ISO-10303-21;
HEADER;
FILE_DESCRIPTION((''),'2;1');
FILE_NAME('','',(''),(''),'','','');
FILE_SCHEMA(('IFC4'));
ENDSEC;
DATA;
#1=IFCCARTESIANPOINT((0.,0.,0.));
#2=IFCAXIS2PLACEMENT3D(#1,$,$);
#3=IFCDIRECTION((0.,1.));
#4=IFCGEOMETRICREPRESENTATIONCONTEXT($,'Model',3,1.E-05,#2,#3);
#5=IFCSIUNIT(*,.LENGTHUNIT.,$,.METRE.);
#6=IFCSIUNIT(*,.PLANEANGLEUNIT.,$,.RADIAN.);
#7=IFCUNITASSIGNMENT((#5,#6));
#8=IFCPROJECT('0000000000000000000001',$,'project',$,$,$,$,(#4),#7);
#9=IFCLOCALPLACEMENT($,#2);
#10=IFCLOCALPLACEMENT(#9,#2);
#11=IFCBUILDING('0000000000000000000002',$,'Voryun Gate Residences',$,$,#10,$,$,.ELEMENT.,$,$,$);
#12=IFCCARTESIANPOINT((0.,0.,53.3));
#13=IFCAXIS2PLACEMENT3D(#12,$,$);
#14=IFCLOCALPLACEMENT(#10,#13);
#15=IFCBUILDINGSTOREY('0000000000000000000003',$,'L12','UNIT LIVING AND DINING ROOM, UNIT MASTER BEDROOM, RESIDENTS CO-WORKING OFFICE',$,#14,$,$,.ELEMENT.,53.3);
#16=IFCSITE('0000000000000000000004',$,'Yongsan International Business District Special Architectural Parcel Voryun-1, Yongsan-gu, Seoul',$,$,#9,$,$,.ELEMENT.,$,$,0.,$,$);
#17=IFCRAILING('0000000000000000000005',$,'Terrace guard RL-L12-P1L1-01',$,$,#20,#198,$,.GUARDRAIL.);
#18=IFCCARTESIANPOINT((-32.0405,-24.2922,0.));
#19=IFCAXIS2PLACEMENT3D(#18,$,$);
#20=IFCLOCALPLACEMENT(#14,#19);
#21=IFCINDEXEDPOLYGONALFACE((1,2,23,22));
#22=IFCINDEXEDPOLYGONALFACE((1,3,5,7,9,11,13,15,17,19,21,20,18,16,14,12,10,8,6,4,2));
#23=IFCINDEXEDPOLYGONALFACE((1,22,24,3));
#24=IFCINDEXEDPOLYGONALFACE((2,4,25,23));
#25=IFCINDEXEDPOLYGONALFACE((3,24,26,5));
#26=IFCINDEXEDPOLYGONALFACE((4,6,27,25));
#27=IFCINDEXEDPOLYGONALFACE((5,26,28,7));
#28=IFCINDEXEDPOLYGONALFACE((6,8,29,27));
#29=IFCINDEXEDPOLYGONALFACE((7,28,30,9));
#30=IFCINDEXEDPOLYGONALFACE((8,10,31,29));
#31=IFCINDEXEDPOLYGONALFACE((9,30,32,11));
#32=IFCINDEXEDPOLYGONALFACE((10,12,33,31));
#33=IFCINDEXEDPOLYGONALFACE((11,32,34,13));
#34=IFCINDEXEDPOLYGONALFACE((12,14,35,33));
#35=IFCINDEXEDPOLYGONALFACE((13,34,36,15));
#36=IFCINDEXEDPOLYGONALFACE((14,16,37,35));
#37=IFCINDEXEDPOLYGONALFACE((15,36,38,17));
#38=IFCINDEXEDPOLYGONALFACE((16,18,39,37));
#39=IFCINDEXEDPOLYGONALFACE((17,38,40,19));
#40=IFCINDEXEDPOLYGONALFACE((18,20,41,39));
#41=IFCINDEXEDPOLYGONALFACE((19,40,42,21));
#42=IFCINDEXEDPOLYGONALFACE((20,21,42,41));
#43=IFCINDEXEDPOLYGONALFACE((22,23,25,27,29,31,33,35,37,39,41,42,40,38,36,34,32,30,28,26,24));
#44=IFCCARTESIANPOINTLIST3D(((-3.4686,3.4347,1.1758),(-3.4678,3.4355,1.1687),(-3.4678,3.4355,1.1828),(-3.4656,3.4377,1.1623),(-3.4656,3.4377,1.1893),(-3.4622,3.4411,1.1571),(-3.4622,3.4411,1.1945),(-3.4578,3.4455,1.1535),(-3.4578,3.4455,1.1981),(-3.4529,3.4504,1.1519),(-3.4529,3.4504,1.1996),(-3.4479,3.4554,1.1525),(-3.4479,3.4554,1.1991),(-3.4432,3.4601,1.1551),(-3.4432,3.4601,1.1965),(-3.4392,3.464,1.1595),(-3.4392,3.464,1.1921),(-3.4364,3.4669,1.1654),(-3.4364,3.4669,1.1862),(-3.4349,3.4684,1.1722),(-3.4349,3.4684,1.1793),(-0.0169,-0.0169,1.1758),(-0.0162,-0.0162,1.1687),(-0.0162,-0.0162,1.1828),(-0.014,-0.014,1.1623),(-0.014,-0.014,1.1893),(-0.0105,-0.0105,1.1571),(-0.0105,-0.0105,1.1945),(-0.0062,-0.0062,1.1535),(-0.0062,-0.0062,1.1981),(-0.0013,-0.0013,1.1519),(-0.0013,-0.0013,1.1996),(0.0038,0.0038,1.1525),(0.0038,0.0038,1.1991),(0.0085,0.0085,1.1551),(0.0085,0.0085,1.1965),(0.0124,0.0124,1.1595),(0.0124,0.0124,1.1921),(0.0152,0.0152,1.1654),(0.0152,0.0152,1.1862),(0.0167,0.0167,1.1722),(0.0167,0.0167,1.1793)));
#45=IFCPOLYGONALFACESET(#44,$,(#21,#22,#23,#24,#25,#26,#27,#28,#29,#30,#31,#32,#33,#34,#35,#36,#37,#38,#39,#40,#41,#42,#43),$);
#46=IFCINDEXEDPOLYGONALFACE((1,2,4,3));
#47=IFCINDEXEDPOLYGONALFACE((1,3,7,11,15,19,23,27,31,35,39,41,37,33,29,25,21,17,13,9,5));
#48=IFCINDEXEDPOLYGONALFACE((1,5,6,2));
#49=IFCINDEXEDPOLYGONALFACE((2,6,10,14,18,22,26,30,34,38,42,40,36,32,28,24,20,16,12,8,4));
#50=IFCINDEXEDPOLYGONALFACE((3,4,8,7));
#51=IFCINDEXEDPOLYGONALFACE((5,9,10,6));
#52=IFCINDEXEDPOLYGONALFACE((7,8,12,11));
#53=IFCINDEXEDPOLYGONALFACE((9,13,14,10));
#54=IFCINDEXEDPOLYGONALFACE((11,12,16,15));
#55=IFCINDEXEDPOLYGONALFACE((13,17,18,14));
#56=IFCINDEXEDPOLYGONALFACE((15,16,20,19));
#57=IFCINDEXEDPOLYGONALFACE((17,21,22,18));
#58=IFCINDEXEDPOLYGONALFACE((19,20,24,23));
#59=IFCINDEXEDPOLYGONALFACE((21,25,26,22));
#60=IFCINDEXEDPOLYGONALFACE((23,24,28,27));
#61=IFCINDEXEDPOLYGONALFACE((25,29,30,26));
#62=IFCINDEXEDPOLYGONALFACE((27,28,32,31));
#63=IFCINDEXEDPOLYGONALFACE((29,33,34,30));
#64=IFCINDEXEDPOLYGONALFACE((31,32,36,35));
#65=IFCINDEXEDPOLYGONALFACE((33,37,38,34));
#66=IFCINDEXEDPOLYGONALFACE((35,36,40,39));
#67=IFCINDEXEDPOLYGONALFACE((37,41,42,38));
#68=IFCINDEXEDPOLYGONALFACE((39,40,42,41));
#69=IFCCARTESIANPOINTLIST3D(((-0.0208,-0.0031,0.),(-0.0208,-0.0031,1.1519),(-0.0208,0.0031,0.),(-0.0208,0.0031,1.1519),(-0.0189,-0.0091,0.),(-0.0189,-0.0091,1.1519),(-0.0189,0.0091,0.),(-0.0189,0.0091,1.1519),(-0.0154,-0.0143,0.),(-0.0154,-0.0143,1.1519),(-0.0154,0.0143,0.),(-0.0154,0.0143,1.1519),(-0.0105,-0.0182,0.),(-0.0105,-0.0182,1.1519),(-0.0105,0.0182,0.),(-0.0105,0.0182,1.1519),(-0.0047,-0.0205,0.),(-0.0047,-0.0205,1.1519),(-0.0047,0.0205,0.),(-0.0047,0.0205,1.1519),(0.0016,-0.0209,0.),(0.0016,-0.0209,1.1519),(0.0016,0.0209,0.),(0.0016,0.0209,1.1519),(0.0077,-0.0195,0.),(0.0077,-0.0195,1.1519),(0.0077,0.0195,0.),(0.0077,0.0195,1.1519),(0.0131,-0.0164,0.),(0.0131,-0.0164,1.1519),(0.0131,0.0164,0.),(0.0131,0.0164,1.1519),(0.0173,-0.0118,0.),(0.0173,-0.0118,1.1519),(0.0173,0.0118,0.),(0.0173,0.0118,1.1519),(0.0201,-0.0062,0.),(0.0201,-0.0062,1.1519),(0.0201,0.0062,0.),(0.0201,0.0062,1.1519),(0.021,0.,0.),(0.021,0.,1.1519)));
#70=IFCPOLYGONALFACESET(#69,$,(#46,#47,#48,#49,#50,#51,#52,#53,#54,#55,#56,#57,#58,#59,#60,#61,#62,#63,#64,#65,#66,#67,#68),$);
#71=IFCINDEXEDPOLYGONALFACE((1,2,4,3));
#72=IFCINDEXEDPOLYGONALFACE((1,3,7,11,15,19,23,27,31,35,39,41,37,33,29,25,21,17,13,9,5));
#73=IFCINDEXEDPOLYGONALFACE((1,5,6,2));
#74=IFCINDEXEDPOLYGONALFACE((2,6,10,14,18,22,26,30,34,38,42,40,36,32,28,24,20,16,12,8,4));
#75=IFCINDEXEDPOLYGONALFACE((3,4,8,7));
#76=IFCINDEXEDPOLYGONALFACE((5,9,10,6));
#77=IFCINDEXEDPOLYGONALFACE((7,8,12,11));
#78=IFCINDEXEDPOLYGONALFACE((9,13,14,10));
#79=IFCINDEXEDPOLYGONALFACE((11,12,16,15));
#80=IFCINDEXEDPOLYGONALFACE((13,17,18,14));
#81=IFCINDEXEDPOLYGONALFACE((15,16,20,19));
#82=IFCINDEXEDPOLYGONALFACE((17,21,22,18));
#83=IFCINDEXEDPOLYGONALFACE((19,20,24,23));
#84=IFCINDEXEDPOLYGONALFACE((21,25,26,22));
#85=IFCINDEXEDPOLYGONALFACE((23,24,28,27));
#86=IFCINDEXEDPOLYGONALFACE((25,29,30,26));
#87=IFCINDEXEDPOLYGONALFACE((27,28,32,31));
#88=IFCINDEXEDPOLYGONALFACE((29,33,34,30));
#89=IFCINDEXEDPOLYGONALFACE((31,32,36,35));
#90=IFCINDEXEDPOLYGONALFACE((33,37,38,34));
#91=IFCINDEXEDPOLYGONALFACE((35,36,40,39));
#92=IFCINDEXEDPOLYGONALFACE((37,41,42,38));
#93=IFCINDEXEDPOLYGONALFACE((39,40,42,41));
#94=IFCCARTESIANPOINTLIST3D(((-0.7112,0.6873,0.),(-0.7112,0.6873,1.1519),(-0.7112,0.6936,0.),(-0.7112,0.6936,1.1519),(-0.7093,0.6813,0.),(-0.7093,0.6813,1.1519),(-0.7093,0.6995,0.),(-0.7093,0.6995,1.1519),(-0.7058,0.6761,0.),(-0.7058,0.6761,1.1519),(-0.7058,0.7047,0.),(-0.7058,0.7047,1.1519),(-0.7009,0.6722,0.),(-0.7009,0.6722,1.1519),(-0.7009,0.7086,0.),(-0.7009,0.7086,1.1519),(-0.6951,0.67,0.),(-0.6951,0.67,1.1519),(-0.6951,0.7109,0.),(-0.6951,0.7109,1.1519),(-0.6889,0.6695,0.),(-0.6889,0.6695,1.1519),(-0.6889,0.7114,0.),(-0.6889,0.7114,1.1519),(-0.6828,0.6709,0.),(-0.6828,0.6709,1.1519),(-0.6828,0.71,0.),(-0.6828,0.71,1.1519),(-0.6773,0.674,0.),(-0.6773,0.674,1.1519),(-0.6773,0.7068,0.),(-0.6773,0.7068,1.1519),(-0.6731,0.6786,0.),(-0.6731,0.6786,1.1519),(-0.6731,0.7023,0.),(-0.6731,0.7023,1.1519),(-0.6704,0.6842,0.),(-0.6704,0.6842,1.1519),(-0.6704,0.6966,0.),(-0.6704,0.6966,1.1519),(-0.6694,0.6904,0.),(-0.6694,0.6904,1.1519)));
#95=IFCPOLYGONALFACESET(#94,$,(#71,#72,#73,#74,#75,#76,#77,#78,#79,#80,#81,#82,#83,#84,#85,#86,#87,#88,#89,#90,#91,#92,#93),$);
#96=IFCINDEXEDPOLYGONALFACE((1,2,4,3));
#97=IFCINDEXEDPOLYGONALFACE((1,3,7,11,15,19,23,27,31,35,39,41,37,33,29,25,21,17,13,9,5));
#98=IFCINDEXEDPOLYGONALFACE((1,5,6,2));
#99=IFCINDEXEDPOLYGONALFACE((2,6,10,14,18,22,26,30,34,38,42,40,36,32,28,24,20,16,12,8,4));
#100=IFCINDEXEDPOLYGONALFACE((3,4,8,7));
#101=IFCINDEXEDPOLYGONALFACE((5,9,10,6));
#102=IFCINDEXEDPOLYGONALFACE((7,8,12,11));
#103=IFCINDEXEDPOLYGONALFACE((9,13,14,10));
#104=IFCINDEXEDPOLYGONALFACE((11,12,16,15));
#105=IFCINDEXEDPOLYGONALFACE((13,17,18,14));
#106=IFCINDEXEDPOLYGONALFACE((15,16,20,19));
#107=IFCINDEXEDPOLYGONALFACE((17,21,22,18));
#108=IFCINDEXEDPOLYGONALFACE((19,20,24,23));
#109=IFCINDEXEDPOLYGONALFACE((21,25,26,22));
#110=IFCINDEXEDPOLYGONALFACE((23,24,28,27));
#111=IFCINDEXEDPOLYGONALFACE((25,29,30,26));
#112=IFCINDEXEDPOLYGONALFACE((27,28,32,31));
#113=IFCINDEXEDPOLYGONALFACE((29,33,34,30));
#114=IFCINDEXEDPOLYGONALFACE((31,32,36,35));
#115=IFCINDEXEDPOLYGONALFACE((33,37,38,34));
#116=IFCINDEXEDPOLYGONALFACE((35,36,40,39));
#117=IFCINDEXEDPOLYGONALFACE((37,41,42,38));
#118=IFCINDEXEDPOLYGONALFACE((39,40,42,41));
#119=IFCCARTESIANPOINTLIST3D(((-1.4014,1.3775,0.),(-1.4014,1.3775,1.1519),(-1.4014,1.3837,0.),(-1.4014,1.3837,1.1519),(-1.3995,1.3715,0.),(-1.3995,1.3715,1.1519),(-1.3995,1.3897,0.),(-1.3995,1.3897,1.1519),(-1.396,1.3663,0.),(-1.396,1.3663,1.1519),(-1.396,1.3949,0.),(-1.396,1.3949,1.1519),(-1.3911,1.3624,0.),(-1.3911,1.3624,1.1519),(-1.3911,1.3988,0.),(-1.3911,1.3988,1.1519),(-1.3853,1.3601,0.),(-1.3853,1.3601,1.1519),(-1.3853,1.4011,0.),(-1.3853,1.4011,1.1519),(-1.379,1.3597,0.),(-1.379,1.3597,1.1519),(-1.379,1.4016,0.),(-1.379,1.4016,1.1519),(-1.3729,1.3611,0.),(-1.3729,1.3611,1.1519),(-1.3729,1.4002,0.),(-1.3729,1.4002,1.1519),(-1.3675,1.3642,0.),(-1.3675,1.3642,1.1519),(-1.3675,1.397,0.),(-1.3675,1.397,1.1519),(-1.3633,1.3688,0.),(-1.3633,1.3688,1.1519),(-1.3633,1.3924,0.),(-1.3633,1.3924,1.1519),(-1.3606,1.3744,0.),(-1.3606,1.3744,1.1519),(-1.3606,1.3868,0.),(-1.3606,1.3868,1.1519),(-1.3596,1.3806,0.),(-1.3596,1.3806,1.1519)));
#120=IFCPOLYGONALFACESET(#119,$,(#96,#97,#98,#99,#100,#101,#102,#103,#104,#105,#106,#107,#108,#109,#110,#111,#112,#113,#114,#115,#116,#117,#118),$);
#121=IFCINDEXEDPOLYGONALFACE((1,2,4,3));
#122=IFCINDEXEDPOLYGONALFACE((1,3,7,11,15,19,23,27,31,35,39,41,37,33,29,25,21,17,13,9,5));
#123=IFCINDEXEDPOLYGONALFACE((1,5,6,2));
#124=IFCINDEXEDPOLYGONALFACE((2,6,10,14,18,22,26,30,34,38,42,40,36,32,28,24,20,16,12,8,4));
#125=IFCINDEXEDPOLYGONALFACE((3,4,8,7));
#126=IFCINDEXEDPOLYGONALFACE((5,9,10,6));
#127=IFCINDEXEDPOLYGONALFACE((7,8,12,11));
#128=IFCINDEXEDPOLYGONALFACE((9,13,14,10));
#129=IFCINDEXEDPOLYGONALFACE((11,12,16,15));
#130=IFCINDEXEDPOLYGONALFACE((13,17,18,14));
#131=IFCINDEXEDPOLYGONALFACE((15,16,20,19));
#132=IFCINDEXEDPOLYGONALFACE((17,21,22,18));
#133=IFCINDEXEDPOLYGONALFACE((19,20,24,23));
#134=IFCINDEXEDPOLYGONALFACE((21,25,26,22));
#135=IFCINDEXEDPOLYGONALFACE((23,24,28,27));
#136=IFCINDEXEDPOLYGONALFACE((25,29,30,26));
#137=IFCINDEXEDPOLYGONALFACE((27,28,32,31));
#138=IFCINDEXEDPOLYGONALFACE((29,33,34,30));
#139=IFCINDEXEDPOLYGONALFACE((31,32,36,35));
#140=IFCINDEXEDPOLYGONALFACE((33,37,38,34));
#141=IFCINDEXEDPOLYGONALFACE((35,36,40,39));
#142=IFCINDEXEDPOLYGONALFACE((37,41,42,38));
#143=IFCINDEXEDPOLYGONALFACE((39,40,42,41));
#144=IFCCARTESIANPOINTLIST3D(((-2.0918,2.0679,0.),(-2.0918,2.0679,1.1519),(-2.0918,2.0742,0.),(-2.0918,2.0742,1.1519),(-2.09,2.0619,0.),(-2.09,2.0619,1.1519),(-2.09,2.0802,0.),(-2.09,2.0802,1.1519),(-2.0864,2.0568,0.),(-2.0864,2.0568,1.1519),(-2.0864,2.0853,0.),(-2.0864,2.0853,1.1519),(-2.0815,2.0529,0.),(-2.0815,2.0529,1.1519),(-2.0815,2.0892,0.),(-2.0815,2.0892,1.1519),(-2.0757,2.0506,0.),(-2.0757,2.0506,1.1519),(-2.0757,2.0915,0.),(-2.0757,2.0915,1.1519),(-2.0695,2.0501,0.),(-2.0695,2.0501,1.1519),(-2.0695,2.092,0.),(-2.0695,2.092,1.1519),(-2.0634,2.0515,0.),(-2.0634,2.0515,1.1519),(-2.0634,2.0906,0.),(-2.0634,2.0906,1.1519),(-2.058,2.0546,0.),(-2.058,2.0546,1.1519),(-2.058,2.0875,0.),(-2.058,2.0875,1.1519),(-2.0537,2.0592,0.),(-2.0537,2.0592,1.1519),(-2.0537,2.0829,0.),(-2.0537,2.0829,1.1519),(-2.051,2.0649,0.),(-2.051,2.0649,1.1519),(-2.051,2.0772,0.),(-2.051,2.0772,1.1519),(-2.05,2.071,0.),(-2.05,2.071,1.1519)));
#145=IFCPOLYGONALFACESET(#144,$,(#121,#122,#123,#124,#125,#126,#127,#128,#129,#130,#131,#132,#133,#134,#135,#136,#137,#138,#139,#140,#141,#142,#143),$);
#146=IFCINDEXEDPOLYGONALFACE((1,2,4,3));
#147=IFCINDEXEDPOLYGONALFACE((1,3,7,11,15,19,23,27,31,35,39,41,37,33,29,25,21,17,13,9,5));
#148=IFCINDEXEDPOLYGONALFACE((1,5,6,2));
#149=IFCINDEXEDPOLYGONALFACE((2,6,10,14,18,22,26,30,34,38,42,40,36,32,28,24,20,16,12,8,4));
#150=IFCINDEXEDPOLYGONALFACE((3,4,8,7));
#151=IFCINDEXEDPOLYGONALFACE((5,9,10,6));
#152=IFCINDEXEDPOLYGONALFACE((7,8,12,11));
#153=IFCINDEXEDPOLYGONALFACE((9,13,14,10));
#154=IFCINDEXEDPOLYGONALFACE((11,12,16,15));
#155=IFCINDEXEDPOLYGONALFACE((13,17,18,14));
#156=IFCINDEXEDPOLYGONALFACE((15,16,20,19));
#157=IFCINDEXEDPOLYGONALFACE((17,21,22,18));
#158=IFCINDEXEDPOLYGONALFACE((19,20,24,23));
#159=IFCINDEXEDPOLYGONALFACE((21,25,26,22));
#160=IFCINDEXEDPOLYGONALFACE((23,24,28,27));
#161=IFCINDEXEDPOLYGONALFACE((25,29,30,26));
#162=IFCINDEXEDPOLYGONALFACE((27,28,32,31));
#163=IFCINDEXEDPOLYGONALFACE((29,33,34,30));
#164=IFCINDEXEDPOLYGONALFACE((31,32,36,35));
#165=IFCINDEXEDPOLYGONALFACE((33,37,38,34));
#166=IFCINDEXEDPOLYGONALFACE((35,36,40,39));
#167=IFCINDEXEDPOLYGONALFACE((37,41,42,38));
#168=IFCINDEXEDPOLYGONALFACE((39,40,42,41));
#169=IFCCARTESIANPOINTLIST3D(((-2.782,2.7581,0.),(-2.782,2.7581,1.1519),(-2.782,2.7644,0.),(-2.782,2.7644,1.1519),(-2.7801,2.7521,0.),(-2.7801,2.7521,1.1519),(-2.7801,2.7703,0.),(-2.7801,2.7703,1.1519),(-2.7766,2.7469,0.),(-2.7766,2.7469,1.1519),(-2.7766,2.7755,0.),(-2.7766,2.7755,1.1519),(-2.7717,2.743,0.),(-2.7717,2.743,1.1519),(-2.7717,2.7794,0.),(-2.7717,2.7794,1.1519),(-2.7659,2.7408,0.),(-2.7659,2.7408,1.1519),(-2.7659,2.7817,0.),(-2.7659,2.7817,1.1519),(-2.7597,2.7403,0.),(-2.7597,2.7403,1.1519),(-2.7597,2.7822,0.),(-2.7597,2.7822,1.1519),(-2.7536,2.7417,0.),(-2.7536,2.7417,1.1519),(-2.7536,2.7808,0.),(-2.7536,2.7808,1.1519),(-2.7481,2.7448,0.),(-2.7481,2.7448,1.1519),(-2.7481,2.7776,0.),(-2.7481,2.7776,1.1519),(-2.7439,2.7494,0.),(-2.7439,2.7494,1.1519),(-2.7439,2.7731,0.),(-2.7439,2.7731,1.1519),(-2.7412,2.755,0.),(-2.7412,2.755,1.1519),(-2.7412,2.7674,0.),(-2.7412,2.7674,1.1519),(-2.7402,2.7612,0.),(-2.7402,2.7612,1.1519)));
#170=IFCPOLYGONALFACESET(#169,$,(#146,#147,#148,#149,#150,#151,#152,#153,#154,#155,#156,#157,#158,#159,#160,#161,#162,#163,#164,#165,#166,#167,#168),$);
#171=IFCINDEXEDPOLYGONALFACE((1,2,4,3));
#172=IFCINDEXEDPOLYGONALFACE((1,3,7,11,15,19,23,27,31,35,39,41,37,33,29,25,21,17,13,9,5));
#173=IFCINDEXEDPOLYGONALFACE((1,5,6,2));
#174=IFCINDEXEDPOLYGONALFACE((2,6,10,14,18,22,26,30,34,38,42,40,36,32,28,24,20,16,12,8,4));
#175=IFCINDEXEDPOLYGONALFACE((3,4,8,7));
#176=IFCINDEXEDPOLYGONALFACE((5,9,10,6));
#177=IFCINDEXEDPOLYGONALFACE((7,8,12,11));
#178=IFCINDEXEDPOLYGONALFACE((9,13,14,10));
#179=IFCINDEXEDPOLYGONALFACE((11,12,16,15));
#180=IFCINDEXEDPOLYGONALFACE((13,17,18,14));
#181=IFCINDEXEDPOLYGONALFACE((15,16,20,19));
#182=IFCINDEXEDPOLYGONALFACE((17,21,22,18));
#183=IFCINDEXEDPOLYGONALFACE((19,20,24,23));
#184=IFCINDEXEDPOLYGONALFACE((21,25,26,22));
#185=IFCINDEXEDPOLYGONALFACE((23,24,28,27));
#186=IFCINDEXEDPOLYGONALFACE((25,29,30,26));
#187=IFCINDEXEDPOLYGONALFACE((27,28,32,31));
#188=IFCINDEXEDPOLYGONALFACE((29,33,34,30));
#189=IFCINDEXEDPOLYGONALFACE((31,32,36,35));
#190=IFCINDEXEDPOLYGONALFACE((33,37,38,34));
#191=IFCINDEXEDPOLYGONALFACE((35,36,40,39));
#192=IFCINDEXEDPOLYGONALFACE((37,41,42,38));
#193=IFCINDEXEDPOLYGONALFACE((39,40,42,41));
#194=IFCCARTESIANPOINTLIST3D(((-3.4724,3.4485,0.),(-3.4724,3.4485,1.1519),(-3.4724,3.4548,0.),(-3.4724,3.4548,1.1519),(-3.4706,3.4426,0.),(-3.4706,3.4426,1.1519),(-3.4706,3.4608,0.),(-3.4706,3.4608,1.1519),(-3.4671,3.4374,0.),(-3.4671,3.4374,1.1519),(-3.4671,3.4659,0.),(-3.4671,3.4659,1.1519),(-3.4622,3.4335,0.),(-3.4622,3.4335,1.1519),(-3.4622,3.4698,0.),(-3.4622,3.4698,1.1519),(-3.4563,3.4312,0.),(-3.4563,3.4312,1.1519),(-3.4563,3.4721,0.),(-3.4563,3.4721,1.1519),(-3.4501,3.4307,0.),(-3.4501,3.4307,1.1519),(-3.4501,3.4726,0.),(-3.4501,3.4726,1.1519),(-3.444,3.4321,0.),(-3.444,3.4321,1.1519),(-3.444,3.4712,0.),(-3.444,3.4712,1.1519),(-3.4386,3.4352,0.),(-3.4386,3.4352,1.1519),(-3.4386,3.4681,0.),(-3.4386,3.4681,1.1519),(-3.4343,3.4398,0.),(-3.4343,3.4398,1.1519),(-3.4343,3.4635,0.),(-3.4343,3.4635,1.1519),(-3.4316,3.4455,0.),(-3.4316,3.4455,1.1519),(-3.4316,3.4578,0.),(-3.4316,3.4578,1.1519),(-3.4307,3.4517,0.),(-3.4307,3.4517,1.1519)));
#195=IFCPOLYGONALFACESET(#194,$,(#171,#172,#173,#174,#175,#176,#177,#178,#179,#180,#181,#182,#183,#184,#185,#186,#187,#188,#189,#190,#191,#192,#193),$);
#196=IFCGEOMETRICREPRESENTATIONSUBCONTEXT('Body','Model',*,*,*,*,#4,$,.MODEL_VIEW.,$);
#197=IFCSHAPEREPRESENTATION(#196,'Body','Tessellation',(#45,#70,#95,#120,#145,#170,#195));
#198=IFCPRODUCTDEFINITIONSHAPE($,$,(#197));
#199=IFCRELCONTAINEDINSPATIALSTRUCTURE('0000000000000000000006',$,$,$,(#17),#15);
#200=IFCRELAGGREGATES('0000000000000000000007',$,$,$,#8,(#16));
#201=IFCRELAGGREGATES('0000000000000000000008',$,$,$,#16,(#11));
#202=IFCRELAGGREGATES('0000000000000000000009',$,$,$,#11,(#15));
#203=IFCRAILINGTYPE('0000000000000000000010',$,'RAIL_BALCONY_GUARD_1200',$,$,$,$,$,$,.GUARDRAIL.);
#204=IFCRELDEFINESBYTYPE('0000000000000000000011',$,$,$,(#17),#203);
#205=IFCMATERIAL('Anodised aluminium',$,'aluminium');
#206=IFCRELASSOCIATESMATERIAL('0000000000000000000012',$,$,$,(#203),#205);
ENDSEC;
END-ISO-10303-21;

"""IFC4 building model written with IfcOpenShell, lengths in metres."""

from ifc_helpers import new_model, si_unit, direction, frame, origin, origin_2d, place, context, subcontext, project, spatial, circle, extrude, material, type_object, element, save


model = new_model("IFC4")

# Units and contexts
model_context = context("Model", 3, precision=1e-05, world=origin(), true_north=direction((0.0, 1.0)))
body_context = subcontext(model_context, "Body", "Model", "MODEL_VIEW")
ifc_project = project(units=[si_unit("LENGTHUNIT", "METRE"), si_unit("PLANEANGLEUNIT", "RADIAN")], contexts=[model_context])

# Site, building, storey
site_placement = place(None, origin())
site = spatial("IfcSite", under=ifc_project, at=site_placement, Name="Yongsan International Business District Special Architectural Parcel Voryun-1, Yongsan-gu, Seoul", CompositionType="ELEMENT", RefElevation=0.0)
building_placement = place(site_placement, origin())
building = spatial("IfcBuilding", under=site, at=building_placement, Name="Voryun Gate Residences", CompositionType="ELEMENT")
storey_placement = place(building_placement, frame((0.0, 0.0, 53.3)))
storey = spatial("IfcBuildingStorey", under=building, at=storey_placement, Name="L12", Description="UNIT LIVING AND DINING ROOM, UNIT MASTER BEDROOM, RESIDENTS CO-WORKING OFFICE", CompositionType="ELEMENT", Elevation=53.3)

# Railing
ifc_material_1 = material(Name="Anodised aluminium", Category="aluminium")
railing_type = type_object("IfcRailingType", Name="RAIL_BALCONY_GUARD_1200", PredefinedType="GUARDRAIL", material=ifc_material_1)
railing_1_placement = place(storey_placement, frame((-32.0405, -24.2922, 0.0)))
element("IfcRailing", 1, at=railing_1_placement, inside=storey, type_object=railing_type, Name="Terrace guard RL-L12-P1L1-01", PredefinedType="GUARDRAIL", context=body_context, shape_type="SweptSolid", body=[
    extrude(circle(Radius=0.0239, at=origin_2d()), frame((0.0, 0.0, 1.1758), z_axis=(-0.707107, 0.707107, 0.0), x_axis=(-0.707107, -0.707107, 0.0)), (0.0, 0.0, 1.0), 4.8813),
    extrude(circle(Radius=0.021, at=origin_2d()), origin(), (0.0, 0.0, 1.0), 1.1519),
    extrude(circle(Radius=0.021, at=origin_2d()), frame((-0.6904, 0.6904, 0.0)), (0.0, 0.0, 1.0), 1.1519),
    extrude(circle(Radius=0.021, at=origin_2d()), frame((-1.3806, 1.3806, 0.0)), (0.0, 0.0, 1.0), 1.1519),
    extrude(circle(Radius=0.021, at=origin_2d()), frame((-2.071, 2.071, 0.0)), (0.0, 0.0, 1.0), 1.1519),
    extrude(circle(Radius=0.021, at=origin_2d()), frame((-2.7612, 2.7612, 0.0)), (0.0, 0.0, 1.0), 1.1519),
    extrude(circle(Radius=0.021, at=origin_2d()), frame((-3.4517, 3.4517, 0.0)), (0.0, 0.0, 1.0), 1.1519),
])

save(model, "model.ifc")
